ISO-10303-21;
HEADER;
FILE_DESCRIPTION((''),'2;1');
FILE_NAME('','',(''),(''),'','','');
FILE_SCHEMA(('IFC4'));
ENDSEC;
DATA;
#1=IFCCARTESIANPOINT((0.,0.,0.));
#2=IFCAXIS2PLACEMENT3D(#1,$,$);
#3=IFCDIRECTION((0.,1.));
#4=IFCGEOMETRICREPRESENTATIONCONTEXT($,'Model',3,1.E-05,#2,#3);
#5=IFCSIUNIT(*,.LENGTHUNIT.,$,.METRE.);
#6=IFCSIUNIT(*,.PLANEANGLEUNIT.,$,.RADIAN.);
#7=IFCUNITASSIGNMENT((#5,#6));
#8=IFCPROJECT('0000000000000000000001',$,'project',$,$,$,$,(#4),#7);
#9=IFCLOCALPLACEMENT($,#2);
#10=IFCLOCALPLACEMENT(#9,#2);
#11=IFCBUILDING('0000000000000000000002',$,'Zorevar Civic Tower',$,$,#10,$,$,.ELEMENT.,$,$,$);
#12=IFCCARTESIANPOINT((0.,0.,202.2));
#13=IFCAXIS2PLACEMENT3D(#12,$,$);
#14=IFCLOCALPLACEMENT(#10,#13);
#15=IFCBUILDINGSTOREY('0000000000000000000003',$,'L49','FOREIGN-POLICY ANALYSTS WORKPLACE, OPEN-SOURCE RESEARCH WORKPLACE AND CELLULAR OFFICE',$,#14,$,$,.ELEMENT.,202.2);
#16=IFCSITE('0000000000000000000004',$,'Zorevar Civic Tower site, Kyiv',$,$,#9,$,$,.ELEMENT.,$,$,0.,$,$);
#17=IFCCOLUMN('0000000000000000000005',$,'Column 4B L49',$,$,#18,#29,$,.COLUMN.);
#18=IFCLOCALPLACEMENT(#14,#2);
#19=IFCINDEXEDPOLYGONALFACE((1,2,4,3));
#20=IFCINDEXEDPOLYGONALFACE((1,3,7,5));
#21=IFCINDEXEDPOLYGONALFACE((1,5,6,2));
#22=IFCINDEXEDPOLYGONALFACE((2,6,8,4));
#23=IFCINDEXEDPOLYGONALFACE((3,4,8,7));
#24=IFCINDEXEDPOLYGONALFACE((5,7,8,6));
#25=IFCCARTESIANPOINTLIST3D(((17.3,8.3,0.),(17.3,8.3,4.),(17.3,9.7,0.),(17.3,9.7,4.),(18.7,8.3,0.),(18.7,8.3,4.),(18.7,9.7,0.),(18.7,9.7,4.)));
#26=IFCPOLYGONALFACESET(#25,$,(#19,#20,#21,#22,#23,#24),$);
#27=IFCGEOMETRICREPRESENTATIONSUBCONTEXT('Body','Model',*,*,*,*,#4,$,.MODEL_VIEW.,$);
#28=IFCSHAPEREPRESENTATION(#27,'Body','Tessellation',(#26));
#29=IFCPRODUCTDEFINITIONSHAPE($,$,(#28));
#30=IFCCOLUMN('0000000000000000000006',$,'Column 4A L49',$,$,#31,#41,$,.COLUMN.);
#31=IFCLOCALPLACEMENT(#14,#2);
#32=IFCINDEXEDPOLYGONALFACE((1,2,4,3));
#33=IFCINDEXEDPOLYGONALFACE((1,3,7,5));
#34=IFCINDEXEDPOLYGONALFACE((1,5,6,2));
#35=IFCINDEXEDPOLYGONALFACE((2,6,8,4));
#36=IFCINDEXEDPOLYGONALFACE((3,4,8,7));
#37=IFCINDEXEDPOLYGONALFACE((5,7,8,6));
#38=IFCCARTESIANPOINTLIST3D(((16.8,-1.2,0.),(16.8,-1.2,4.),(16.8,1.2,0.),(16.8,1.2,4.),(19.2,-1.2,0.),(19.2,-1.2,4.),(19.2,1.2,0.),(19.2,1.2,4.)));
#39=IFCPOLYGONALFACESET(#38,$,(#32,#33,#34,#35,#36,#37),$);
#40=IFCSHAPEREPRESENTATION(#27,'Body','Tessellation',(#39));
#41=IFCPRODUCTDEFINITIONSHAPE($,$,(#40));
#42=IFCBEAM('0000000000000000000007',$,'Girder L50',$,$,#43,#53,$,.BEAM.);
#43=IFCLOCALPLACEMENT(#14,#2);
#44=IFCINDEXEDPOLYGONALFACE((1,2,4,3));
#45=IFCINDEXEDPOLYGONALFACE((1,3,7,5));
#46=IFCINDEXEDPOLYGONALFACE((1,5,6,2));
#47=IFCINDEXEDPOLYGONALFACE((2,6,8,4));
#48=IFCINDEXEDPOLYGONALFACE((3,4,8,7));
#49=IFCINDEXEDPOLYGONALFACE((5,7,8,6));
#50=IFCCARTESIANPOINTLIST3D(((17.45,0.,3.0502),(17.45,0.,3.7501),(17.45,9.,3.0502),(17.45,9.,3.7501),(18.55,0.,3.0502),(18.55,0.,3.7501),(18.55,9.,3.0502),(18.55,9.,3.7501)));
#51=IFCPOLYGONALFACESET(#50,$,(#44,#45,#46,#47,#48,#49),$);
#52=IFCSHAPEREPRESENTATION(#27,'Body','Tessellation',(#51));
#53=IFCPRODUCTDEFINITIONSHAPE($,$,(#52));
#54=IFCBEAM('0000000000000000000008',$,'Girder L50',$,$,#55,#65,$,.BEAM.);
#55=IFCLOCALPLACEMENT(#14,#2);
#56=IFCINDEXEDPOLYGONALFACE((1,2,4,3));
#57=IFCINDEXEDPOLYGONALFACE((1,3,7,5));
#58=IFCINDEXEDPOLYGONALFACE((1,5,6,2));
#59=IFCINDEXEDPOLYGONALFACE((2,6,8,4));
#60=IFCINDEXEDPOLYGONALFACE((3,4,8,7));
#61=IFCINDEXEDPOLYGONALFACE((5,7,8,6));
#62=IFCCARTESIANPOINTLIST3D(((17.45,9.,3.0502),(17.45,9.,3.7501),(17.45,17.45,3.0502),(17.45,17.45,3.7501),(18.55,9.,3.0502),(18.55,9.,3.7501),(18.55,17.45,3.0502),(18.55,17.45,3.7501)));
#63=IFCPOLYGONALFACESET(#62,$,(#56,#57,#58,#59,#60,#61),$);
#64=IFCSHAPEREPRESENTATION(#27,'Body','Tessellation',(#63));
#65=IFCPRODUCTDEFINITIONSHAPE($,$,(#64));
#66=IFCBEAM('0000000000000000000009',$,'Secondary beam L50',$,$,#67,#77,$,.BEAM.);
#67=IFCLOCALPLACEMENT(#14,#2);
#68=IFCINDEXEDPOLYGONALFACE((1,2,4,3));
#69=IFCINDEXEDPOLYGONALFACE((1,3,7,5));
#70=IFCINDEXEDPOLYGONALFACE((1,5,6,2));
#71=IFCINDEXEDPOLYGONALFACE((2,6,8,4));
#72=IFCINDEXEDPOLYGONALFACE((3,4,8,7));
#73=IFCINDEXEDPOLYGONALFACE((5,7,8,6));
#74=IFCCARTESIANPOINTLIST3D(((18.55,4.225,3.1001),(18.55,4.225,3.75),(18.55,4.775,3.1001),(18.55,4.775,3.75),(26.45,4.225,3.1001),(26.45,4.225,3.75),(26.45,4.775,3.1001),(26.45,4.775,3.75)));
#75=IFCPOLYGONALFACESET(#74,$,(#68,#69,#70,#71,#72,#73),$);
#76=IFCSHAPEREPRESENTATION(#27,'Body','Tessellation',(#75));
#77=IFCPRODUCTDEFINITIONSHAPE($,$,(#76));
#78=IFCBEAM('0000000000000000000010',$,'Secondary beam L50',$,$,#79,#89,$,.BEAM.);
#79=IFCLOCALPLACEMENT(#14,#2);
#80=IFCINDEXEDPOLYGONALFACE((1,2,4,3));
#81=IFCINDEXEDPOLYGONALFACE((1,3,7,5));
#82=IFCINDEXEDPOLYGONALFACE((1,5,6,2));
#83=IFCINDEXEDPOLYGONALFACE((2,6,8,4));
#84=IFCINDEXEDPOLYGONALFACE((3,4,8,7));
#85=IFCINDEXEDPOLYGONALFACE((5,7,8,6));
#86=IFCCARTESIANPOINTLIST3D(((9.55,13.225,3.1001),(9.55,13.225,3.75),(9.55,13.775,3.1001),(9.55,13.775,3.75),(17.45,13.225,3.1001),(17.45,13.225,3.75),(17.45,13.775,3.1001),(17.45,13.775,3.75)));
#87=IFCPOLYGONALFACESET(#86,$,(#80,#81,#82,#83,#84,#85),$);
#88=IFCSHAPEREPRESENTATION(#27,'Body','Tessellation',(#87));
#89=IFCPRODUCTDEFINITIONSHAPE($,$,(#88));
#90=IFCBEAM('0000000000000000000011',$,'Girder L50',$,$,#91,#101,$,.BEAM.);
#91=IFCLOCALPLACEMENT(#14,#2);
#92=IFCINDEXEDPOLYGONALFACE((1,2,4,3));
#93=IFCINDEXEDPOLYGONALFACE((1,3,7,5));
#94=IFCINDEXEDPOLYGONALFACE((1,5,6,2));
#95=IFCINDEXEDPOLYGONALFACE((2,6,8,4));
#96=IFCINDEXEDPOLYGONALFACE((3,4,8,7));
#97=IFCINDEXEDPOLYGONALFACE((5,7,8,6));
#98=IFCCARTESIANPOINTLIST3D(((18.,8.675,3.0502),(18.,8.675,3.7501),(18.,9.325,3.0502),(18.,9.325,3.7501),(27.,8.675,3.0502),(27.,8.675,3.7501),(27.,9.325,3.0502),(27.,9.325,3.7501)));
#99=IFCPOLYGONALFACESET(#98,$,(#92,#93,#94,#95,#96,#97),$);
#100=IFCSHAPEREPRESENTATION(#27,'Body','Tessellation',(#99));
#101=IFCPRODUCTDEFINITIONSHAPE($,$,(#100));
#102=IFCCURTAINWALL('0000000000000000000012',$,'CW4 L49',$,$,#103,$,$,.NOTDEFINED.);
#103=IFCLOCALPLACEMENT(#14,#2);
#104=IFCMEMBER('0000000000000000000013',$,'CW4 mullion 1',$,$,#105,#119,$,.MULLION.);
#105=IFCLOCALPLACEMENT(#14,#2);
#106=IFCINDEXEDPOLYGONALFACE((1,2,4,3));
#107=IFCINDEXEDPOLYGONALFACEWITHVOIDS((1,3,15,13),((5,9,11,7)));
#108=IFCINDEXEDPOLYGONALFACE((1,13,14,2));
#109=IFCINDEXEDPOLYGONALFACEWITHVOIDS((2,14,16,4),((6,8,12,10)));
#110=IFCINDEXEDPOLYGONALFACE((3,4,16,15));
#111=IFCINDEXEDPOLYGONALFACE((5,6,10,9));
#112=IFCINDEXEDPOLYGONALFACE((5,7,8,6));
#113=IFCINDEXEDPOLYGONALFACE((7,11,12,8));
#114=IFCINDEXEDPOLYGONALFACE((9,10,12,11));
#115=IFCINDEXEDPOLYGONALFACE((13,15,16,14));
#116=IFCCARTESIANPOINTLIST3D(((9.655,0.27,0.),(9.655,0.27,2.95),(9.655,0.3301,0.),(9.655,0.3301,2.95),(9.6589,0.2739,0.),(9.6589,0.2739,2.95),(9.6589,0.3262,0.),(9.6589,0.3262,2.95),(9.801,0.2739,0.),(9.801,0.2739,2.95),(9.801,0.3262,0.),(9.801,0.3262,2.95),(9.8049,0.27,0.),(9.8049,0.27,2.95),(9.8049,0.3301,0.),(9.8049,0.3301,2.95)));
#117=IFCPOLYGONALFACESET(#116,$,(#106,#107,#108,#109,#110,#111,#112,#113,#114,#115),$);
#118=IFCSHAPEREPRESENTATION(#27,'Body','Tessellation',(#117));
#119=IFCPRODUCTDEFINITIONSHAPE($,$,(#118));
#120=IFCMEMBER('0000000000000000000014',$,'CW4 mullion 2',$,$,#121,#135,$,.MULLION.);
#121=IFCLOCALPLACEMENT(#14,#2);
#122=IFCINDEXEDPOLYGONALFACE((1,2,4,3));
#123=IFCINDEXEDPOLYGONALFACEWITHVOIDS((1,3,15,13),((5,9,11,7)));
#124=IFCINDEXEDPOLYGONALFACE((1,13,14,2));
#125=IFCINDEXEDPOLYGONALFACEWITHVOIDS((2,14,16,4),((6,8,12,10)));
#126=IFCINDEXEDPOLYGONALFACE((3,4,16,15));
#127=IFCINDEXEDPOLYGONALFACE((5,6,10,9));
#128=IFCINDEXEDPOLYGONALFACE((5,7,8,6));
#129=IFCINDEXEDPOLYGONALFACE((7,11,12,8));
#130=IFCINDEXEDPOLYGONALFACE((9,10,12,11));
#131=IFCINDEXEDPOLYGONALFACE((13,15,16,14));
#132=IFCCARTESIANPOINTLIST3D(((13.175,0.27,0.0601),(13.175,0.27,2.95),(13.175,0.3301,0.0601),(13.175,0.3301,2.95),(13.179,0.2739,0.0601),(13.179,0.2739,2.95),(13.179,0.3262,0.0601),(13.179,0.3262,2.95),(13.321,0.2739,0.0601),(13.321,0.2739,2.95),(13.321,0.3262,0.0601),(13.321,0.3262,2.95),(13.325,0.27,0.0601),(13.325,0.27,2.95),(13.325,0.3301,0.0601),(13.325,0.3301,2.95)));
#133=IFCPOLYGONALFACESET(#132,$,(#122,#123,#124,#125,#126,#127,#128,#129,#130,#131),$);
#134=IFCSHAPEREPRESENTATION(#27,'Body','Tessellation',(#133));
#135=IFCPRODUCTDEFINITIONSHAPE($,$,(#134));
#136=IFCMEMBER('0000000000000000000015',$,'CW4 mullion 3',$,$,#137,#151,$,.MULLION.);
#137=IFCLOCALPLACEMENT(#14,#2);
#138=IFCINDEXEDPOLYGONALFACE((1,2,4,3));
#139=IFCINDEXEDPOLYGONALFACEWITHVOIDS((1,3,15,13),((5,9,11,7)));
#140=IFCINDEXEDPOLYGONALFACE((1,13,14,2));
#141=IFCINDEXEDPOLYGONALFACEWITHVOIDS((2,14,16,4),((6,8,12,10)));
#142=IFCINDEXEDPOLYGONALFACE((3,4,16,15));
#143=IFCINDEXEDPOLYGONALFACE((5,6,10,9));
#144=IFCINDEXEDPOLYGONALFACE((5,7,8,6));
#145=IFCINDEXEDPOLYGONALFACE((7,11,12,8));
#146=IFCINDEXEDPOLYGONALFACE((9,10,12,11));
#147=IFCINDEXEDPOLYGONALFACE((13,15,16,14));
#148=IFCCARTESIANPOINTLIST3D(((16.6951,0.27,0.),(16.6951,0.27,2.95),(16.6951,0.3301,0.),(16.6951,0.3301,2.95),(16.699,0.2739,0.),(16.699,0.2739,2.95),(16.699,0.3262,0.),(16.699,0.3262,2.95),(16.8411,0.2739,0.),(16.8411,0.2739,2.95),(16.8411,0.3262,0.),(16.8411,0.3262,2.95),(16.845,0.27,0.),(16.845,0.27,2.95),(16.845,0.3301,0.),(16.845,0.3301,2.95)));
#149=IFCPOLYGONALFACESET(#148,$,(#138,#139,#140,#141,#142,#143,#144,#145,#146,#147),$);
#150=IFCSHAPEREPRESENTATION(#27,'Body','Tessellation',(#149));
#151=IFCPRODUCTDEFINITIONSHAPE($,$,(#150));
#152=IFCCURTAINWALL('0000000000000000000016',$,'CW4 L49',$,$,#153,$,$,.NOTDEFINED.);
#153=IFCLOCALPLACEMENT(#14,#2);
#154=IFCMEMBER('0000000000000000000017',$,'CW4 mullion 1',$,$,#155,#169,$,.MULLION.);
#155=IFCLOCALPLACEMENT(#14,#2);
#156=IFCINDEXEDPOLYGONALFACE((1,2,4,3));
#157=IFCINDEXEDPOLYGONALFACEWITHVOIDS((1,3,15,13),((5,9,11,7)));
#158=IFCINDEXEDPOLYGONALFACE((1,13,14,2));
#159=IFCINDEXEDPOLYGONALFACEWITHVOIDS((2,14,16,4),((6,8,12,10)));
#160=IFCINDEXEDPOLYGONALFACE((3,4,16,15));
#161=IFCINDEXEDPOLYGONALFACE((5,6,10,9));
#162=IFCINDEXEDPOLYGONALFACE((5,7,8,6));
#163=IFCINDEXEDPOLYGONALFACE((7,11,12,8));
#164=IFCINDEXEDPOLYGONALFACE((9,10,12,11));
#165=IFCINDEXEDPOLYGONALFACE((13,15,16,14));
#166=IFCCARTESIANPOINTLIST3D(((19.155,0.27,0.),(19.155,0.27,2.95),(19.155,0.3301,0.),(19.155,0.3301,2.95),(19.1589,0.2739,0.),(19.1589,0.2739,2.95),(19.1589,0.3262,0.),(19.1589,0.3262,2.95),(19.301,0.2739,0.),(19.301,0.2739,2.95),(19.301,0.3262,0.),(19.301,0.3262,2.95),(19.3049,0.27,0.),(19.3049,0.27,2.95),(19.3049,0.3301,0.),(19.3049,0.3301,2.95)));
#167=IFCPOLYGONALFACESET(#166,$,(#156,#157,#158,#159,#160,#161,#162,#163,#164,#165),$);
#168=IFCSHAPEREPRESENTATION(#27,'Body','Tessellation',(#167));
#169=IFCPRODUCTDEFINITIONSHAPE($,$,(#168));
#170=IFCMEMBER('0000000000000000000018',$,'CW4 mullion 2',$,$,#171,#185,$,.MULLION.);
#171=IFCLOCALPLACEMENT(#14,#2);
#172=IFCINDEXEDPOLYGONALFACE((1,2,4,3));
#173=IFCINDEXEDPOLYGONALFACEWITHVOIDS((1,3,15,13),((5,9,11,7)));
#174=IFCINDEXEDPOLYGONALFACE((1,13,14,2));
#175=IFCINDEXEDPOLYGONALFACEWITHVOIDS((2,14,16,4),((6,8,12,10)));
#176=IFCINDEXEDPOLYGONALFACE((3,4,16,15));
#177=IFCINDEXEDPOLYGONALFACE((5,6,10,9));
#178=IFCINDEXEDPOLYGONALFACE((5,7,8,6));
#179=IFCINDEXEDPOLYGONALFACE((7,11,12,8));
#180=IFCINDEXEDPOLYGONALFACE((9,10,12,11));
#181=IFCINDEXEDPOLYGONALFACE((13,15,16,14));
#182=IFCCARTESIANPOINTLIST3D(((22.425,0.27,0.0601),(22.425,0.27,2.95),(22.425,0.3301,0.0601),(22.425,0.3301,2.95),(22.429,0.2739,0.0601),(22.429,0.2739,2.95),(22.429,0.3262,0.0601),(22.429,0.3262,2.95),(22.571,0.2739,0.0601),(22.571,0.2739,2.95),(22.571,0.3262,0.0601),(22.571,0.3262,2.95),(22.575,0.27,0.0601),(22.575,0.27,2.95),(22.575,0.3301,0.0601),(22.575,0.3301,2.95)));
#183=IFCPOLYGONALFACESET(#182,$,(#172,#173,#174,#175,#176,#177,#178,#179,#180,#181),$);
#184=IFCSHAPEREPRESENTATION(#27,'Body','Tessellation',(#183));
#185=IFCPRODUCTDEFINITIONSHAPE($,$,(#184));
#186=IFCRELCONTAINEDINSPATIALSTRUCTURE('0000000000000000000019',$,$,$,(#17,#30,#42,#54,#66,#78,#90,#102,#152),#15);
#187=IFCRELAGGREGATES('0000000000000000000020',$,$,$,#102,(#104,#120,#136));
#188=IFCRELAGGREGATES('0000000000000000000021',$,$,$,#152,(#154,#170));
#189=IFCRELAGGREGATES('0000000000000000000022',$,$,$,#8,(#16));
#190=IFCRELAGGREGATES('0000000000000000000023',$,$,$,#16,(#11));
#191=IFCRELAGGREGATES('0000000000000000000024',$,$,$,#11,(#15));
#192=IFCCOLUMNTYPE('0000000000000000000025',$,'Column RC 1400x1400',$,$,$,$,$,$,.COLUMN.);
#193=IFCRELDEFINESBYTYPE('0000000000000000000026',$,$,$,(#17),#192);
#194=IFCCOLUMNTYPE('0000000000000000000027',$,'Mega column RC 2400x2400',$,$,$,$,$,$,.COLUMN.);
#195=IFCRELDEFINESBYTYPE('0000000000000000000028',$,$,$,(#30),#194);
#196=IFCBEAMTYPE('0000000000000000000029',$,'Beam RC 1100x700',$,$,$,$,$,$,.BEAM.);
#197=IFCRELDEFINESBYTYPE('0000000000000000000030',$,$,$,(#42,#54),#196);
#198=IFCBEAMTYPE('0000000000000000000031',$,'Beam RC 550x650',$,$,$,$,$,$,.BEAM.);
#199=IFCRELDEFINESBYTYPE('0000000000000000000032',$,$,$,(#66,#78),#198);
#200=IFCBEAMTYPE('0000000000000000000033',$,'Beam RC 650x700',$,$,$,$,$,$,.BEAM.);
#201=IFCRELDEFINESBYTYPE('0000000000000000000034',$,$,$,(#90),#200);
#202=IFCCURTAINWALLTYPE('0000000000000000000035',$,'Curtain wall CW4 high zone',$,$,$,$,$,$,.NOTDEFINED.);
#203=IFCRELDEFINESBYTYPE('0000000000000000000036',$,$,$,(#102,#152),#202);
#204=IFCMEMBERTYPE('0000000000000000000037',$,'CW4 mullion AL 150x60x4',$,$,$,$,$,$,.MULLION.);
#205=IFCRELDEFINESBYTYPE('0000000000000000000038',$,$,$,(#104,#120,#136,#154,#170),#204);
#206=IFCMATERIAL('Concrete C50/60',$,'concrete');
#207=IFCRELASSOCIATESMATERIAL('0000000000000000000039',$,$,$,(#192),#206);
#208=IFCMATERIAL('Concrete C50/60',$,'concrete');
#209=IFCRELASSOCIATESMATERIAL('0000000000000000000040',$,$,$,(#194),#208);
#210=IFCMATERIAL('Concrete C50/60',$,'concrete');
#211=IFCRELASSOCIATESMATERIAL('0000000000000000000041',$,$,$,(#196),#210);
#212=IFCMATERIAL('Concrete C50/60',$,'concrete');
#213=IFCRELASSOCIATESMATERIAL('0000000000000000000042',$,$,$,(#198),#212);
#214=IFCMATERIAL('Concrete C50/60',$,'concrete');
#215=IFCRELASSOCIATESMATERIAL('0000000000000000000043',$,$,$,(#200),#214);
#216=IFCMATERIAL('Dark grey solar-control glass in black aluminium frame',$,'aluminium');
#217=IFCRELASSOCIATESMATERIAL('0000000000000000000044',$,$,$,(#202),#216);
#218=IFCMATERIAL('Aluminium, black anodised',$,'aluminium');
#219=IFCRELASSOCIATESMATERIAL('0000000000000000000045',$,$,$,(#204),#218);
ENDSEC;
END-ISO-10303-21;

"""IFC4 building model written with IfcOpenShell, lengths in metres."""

from ifc_helpers import new_model, si_unit, direction, frame, origin, origin_2d, place, context, subcontext, project, spatial, rectangle, hollow_rectangle, extrude, material, material_profile, profile_set, type_object, element, aggregate, save


model = new_model("IFC4")

# Units and contexts
model_context = context("Model", 3, precision=1e-05, world=origin(), true_north=direction((0.0, 1.0)))
body_context = subcontext(model_context, "Body", "Model", "MODEL_VIEW")
ifc_project = project(units=[si_unit("LENGTHUNIT", "METRE"), si_unit("PLANEANGLEUNIT", "RADIAN")], contexts=[model_context])

# Site, building, storey
site_placement = place(None, origin())
site = spatial("IfcSite", under=ifc_project, at=site_placement, Name="Zorevar Civic Tower site, Kyiv", CompositionType="ELEMENT", RefElevation=0.0)
building_placement = place(site_placement, origin())
building = spatial("IfcBuilding", under=site, at=building_placement, Name="Zorevar Civic Tower", CompositionType="ELEMENT")
storey_placement = place(building_placement, frame((0.0, 0.0, 202.2)))
storey = spatial("IfcBuildingStorey", under=building, at=storey_placement, Name="L49", Description="FOREIGN-POLICY ANALYSTS WORKPLACE, OPEN-SOURCE RESEARCH WORKPLACE AND CELLULAR OFFICE", CompositionType="ELEMENT", Elevation=202.2)

# Columns
ifc_material_1 = material(Name="Concrete C50/60", Category="concrete")
ifc_material_profile_1 = material_profile(ifc_material_1, rectangle(XDim=1.3999, YDim=1.3999, at=origin_2d()), Name="RC 1400x1400")
ifc_profile_set_1 = profile_set([ifc_material_profile_1], Name="Concrete C50/60")
column_type_1 = type_object("IfcColumnType", Name="Column RC 1400x1400", PredefinedType="COLUMN", material=ifc_profile_set_1)
column_1_placement = place(storey_placement, frame((18.0, 9.0, 0.0), z_axis=(0.0, 0.0, 1.0), x_axis=(1.0, 0.0, 0.0)))
element("IfcColumn", 1, at=column_1_placement, inside=storey, type_object=column_type_1, Name="Column 4B L49", PredefinedType="COLUMN", context=body_context, shape_type="SweptSolid", body=[
    extrude(rectangle(XDim=1.3999, YDim=1.3999, at=origin_2d()), origin(), (0.0, 0.0, 1.0), 4.0),
])
ifc_material_2 = material(Name="Concrete C50/60", Category="concrete")
ifc_material_profile_2 = material_profile(ifc_material_2, rectangle(XDim=2.3999, YDim=2.3999, at=origin_2d()), Name="RC 2400x2400")
ifc_profile_set_2 = profile_set([ifc_material_profile_2], Name="Concrete C50/60")
column_type_2 = type_object("IfcColumnType", Name="Mega column RC 2400x2400", PredefinedType="COLUMN", material=ifc_profile_set_2)
column_2_placement = place(storey_placement, frame((18.0, 0.0, 0.0), z_axis=(0.0, 0.0, 1.0), x_axis=(1.0, 0.0, 0.0)))
element("IfcColumn", 2, at=column_2_placement, inside=storey, type_object=column_type_2, Name="Column 4A L49", PredefinedType="COLUMN", context=body_context, shape_type="SweptSolid", body=[
    extrude(rectangle(XDim=2.3999, YDim=2.3999, at=origin_2d()), origin(), (0.0, 0.0, 1.0), 4.0),
])

# Beams
ifc_material_3 = material(Name="Concrete C50/60", Category="concrete")
ifc_material_profile_3 = material_profile(ifc_material_3, rectangle(XDim=1.1001, YDim=0.7, at=origin_2d()), Name="RC 1100x700")
ifc_profile_set_3 = profile_set([ifc_material_profile_3], Name="Concrete C50/60")
beam_type_1 = type_object("IfcBeamType", Name="Beam RC 1100x700", PredefinedType="BEAM", material=ifc_profile_set_3)
beam_1_placement = place(storey_placement, frame((18.0, 0.0, 3.4001), z_axis=(0.0, 1.0, 0.0), x_axis=(-1.0, 0.0, 0.0)))
element("IfcBeam", 3, at=beam_1_placement, inside=storey, type_object=beam_type_1, Name="Girder L50", PredefinedType="BEAM", context=body_context, shape_type="SweptSolid", body=[
    extrude(rectangle(XDim=1.1001, YDim=0.7, at=origin_2d()), origin(), (0.0, 0.0, 1.0), 9.0),
])
beam_2_placement = place(storey_placement, frame((18.0, 9.0, 3.4001), z_axis=(0.0, 1.0, 0.0), x_axis=(-1.0, 0.0, 0.0)))
element("IfcBeam", 4, at=beam_2_placement, inside=storey, type_object=beam_type_1, Name="Girder L50", PredefinedType="BEAM", context=body_context, shape_type="SweptSolid", body=[
    extrude(rectangle(XDim=1.1001, YDim=0.7, at=origin_2d()), origin(), (0.0, 0.0, 1.0), 8.45),
])
ifc_material_4 = material(Name="Concrete C50/60", Category="concrete")
ifc_material_profile_4 = material_profile(ifc_material_4, rectangle(XDim=0.55, YDim=0.6499, at=origin_2d()), Name="RC 550x650")
ifc_profile_set_4 = profile_set([ifc_material_profile_4], Name="Concrete C50/60")
beam_type_2 = type_object("IfcBeamType", Name="Beam RC 550x650", PredefinedType="BEAM", material=ifc_profile_set_4)
for number, where, z_axis, x_axis, name in (
    (5, (18.55, 4.5, 3.425), (1.0, 0.0, 0.0), (0.0, 1.0, 0.0), "Secondary beam L50"),
    (6, (9.55, 13.5, 3.425), (1.0, 0.0, 0.0), (0.0, 1.0, 0.0), "Secondary beam L50"),
):
    element("IfcBeam", number, at=place(storey_placement, frame(where, z_axis=z_axis, x_axis=x_axis)), inside=storey, type_object=beam_type_2, Name=name, PredefinedType="BEAM", context=body_context, shape_type="SweptSolid", body=[
        extrude(rectangle(XDim=0.55, YDim=0.6499, at=origin_2d()), origin(), (0.0, 0.0, 1.0), 7.8999),
    ])
ifc_material_5 = material(Name="Concrete C50/60", Category="concrete")
ifc_material_profile_5 = material_profile(ifc_material_5, rectangle(XDim=0.6499, YDim=0.7, at=origin_2d()), Name="RC 650x700")
ifc_profile_set_5 = profile_set([ifc_material_profile_5], Name="Concrete C50/60")
beam_type_3 = type_object("IfcBeamType", Name="Beam RC 650x700", PredefinedType="BEAM", material=ifc_profile_set_5)
beam_3_placement = place(storey_placement, frame((18.0, 9.0, 3.4001), z_axis=(1.0, 0.0, 0.0), x_axis=(0.0, 1.0, 0.0)))
element("IfcBeam", 7, at=beam_3_placement, inside=storey, type_object=beam_type_3, Name="Girder L50", PredefinedType="BEAM", context=body_context, shape_type="SweptSolid", body=[
    extrude(rectangle(XDim=0.6499, YDim=0.7, at=origin_2d()), origin(), (0.0, 0.0, 1.0), 9.0),
])

# Curtain walls, members
ifc_material_6 = material(Name="Dark grey solar-control glass in black aluminium frame", Category="aluminium")
curtain_wall_type = type_object("IfcCurtainWallType", Name="Curtain wall CW4 high zone", PredefinedType="NOTDEFINED", material=ifc_material_6)
curtain_wall_1_placement = place(storey_placement, origin())
curtain_wall_1 = element("IfcCurtainWall", 8, at=curtain_wall_1_placement, inside=storey, type_object=curtain_wall_type, Name="CW4 L49", PredefinedType="NOTDEFINED")
ifc_material_7 = material(Name="Aluminium, black anodised", Category="aluminium")
ifc_material_profile_6 = material_profile(ifc_material_7, hollow_rectangle(XDim=0.0601, YDim=0.1499, WallThickness=0.0039, at=origin_2d()), Name="AL 150x60x4")
ifc_profile_set_6 = profile_set([ifc_material_profile_6], Name="Aluminium, black anodised")
member_type_1 = type_object("IfcMemberType", Name="CW4 mullion AL 150x60x4", PredefinedType="MULLION", material=ifc_profile_set_6)
member_1_placement = place(storey_placement, frame((9.73, 0.3, 0.0), z_axis=(0.0, 0.0, 1.0), x_axis=(0.0, 1.0, 0.0)))
member_1 = element("IfcMember", 9, at=member_1_placement, type_object=member_type_1, Name="CW4 mullion 1", PredefinedType="MULLION", context=body_context, shape_type="SweptSolid", body=[
    extrude(hollow_rectangle(XDim=0.0601, YDim=0.1499, WallThickness=0.0039, at=origin_2d()), origin(), (0.0, 0.0, 1.0), 2.95),
])
member_2_placement = place(storey_placement, frame((13.25, 0.3, 0.0601), z_axis=(0.0, 0.0, 1.0), x_axis=(0.0, 1.0, 0.0)))
member_2 = element("IfcMember", 10, at=member_2_placement, type_object=member_type_1, Name="CW4 mullion 2", PredefinedType="MULLION", context=body_context, shape_type="SweptSolid", body=[
    extrude(hollow_rectangle(XDim=0.0601, YDim=0.1499, WallThickness=0.0039, at=origin_2d()), origin(), (0.0, 0.0, 1.0), 2.8899),
])
member_3_placement = place(storey_placement, frame((16.77, 0.3, 0.0), z_axis=(0.0, 0.0, 1.0), x_axis=(0.0, 1.0, 0.0)))
member_3 = element("IfcMember", 11, at=member_3_placement, type_object=member_type_1, Name="CW4 mullion 3", PredefinedType="MULLION", context=body_context, shape_type="SweptSolid", body=[
    extrude(hollow_rectangle(XDim=0.0601, YDim=0.1499, WallThickness=0.0039, at=origin_2d()), origin(), (0.0, 0.0, 1.0), 2.95),
])
curtain_wall_2_placement = place(storey_placement, origin())
curtain_wall_2 = element("IfcCurtainWall", 12, at=curtain_wall_2_placement, inside=storey, type_object=curtain_wall_type, Name="CW4 L49", PredefinedType="NOTDEFINED")
member_4_placement = place(storey_placement, frame((19.23, 0.3, 0.0), z_axis=(0.0, 0.0, 1.0), x_axis=(0.0, 1.0, 0.0)))
member_4 = element("IfcMember", 13, at=member_4_placement, type_object=member_type_1, Name="CW4 mullion 1", PredefinedType="MULLION", context=body_context, shape_type="SweptSolid", body=[
    extrude(hollow_rectangle(XDim=0.0601, YDim=0.1499, WallThickness=0.0039, at=origin_2d()), origin(), (0.0, 0.0, 1.0), 2.95),
])
member_5_placement = place(storey_placement, frame((22.5, 0.3, 0.0601), z_axis=(0.0, 0.0, 1.0), x_axis=(0.0, 1.0, 0.0)))
member_5 = element("IfcMember", 14, at=member_5_placement, type_object=member_type_1, Name="CW4 mullion 2", PredefinedType="MULLION", context=body_context, shape_type="SweptSolid", body=[
    extrude(hollow_rectangle(XDim=0.0601, YDim=0.1499, WallThickness=0.0039, at=origin_2d()), origin(), (0.0, 0.0, 1.0), 2.8899),
])

aggregate(curtain_wall_1, [member_1, member_2, member_3])
aggregate(curtain_wall_2, [member_4, member_5])

save(model, "model.ifc")
